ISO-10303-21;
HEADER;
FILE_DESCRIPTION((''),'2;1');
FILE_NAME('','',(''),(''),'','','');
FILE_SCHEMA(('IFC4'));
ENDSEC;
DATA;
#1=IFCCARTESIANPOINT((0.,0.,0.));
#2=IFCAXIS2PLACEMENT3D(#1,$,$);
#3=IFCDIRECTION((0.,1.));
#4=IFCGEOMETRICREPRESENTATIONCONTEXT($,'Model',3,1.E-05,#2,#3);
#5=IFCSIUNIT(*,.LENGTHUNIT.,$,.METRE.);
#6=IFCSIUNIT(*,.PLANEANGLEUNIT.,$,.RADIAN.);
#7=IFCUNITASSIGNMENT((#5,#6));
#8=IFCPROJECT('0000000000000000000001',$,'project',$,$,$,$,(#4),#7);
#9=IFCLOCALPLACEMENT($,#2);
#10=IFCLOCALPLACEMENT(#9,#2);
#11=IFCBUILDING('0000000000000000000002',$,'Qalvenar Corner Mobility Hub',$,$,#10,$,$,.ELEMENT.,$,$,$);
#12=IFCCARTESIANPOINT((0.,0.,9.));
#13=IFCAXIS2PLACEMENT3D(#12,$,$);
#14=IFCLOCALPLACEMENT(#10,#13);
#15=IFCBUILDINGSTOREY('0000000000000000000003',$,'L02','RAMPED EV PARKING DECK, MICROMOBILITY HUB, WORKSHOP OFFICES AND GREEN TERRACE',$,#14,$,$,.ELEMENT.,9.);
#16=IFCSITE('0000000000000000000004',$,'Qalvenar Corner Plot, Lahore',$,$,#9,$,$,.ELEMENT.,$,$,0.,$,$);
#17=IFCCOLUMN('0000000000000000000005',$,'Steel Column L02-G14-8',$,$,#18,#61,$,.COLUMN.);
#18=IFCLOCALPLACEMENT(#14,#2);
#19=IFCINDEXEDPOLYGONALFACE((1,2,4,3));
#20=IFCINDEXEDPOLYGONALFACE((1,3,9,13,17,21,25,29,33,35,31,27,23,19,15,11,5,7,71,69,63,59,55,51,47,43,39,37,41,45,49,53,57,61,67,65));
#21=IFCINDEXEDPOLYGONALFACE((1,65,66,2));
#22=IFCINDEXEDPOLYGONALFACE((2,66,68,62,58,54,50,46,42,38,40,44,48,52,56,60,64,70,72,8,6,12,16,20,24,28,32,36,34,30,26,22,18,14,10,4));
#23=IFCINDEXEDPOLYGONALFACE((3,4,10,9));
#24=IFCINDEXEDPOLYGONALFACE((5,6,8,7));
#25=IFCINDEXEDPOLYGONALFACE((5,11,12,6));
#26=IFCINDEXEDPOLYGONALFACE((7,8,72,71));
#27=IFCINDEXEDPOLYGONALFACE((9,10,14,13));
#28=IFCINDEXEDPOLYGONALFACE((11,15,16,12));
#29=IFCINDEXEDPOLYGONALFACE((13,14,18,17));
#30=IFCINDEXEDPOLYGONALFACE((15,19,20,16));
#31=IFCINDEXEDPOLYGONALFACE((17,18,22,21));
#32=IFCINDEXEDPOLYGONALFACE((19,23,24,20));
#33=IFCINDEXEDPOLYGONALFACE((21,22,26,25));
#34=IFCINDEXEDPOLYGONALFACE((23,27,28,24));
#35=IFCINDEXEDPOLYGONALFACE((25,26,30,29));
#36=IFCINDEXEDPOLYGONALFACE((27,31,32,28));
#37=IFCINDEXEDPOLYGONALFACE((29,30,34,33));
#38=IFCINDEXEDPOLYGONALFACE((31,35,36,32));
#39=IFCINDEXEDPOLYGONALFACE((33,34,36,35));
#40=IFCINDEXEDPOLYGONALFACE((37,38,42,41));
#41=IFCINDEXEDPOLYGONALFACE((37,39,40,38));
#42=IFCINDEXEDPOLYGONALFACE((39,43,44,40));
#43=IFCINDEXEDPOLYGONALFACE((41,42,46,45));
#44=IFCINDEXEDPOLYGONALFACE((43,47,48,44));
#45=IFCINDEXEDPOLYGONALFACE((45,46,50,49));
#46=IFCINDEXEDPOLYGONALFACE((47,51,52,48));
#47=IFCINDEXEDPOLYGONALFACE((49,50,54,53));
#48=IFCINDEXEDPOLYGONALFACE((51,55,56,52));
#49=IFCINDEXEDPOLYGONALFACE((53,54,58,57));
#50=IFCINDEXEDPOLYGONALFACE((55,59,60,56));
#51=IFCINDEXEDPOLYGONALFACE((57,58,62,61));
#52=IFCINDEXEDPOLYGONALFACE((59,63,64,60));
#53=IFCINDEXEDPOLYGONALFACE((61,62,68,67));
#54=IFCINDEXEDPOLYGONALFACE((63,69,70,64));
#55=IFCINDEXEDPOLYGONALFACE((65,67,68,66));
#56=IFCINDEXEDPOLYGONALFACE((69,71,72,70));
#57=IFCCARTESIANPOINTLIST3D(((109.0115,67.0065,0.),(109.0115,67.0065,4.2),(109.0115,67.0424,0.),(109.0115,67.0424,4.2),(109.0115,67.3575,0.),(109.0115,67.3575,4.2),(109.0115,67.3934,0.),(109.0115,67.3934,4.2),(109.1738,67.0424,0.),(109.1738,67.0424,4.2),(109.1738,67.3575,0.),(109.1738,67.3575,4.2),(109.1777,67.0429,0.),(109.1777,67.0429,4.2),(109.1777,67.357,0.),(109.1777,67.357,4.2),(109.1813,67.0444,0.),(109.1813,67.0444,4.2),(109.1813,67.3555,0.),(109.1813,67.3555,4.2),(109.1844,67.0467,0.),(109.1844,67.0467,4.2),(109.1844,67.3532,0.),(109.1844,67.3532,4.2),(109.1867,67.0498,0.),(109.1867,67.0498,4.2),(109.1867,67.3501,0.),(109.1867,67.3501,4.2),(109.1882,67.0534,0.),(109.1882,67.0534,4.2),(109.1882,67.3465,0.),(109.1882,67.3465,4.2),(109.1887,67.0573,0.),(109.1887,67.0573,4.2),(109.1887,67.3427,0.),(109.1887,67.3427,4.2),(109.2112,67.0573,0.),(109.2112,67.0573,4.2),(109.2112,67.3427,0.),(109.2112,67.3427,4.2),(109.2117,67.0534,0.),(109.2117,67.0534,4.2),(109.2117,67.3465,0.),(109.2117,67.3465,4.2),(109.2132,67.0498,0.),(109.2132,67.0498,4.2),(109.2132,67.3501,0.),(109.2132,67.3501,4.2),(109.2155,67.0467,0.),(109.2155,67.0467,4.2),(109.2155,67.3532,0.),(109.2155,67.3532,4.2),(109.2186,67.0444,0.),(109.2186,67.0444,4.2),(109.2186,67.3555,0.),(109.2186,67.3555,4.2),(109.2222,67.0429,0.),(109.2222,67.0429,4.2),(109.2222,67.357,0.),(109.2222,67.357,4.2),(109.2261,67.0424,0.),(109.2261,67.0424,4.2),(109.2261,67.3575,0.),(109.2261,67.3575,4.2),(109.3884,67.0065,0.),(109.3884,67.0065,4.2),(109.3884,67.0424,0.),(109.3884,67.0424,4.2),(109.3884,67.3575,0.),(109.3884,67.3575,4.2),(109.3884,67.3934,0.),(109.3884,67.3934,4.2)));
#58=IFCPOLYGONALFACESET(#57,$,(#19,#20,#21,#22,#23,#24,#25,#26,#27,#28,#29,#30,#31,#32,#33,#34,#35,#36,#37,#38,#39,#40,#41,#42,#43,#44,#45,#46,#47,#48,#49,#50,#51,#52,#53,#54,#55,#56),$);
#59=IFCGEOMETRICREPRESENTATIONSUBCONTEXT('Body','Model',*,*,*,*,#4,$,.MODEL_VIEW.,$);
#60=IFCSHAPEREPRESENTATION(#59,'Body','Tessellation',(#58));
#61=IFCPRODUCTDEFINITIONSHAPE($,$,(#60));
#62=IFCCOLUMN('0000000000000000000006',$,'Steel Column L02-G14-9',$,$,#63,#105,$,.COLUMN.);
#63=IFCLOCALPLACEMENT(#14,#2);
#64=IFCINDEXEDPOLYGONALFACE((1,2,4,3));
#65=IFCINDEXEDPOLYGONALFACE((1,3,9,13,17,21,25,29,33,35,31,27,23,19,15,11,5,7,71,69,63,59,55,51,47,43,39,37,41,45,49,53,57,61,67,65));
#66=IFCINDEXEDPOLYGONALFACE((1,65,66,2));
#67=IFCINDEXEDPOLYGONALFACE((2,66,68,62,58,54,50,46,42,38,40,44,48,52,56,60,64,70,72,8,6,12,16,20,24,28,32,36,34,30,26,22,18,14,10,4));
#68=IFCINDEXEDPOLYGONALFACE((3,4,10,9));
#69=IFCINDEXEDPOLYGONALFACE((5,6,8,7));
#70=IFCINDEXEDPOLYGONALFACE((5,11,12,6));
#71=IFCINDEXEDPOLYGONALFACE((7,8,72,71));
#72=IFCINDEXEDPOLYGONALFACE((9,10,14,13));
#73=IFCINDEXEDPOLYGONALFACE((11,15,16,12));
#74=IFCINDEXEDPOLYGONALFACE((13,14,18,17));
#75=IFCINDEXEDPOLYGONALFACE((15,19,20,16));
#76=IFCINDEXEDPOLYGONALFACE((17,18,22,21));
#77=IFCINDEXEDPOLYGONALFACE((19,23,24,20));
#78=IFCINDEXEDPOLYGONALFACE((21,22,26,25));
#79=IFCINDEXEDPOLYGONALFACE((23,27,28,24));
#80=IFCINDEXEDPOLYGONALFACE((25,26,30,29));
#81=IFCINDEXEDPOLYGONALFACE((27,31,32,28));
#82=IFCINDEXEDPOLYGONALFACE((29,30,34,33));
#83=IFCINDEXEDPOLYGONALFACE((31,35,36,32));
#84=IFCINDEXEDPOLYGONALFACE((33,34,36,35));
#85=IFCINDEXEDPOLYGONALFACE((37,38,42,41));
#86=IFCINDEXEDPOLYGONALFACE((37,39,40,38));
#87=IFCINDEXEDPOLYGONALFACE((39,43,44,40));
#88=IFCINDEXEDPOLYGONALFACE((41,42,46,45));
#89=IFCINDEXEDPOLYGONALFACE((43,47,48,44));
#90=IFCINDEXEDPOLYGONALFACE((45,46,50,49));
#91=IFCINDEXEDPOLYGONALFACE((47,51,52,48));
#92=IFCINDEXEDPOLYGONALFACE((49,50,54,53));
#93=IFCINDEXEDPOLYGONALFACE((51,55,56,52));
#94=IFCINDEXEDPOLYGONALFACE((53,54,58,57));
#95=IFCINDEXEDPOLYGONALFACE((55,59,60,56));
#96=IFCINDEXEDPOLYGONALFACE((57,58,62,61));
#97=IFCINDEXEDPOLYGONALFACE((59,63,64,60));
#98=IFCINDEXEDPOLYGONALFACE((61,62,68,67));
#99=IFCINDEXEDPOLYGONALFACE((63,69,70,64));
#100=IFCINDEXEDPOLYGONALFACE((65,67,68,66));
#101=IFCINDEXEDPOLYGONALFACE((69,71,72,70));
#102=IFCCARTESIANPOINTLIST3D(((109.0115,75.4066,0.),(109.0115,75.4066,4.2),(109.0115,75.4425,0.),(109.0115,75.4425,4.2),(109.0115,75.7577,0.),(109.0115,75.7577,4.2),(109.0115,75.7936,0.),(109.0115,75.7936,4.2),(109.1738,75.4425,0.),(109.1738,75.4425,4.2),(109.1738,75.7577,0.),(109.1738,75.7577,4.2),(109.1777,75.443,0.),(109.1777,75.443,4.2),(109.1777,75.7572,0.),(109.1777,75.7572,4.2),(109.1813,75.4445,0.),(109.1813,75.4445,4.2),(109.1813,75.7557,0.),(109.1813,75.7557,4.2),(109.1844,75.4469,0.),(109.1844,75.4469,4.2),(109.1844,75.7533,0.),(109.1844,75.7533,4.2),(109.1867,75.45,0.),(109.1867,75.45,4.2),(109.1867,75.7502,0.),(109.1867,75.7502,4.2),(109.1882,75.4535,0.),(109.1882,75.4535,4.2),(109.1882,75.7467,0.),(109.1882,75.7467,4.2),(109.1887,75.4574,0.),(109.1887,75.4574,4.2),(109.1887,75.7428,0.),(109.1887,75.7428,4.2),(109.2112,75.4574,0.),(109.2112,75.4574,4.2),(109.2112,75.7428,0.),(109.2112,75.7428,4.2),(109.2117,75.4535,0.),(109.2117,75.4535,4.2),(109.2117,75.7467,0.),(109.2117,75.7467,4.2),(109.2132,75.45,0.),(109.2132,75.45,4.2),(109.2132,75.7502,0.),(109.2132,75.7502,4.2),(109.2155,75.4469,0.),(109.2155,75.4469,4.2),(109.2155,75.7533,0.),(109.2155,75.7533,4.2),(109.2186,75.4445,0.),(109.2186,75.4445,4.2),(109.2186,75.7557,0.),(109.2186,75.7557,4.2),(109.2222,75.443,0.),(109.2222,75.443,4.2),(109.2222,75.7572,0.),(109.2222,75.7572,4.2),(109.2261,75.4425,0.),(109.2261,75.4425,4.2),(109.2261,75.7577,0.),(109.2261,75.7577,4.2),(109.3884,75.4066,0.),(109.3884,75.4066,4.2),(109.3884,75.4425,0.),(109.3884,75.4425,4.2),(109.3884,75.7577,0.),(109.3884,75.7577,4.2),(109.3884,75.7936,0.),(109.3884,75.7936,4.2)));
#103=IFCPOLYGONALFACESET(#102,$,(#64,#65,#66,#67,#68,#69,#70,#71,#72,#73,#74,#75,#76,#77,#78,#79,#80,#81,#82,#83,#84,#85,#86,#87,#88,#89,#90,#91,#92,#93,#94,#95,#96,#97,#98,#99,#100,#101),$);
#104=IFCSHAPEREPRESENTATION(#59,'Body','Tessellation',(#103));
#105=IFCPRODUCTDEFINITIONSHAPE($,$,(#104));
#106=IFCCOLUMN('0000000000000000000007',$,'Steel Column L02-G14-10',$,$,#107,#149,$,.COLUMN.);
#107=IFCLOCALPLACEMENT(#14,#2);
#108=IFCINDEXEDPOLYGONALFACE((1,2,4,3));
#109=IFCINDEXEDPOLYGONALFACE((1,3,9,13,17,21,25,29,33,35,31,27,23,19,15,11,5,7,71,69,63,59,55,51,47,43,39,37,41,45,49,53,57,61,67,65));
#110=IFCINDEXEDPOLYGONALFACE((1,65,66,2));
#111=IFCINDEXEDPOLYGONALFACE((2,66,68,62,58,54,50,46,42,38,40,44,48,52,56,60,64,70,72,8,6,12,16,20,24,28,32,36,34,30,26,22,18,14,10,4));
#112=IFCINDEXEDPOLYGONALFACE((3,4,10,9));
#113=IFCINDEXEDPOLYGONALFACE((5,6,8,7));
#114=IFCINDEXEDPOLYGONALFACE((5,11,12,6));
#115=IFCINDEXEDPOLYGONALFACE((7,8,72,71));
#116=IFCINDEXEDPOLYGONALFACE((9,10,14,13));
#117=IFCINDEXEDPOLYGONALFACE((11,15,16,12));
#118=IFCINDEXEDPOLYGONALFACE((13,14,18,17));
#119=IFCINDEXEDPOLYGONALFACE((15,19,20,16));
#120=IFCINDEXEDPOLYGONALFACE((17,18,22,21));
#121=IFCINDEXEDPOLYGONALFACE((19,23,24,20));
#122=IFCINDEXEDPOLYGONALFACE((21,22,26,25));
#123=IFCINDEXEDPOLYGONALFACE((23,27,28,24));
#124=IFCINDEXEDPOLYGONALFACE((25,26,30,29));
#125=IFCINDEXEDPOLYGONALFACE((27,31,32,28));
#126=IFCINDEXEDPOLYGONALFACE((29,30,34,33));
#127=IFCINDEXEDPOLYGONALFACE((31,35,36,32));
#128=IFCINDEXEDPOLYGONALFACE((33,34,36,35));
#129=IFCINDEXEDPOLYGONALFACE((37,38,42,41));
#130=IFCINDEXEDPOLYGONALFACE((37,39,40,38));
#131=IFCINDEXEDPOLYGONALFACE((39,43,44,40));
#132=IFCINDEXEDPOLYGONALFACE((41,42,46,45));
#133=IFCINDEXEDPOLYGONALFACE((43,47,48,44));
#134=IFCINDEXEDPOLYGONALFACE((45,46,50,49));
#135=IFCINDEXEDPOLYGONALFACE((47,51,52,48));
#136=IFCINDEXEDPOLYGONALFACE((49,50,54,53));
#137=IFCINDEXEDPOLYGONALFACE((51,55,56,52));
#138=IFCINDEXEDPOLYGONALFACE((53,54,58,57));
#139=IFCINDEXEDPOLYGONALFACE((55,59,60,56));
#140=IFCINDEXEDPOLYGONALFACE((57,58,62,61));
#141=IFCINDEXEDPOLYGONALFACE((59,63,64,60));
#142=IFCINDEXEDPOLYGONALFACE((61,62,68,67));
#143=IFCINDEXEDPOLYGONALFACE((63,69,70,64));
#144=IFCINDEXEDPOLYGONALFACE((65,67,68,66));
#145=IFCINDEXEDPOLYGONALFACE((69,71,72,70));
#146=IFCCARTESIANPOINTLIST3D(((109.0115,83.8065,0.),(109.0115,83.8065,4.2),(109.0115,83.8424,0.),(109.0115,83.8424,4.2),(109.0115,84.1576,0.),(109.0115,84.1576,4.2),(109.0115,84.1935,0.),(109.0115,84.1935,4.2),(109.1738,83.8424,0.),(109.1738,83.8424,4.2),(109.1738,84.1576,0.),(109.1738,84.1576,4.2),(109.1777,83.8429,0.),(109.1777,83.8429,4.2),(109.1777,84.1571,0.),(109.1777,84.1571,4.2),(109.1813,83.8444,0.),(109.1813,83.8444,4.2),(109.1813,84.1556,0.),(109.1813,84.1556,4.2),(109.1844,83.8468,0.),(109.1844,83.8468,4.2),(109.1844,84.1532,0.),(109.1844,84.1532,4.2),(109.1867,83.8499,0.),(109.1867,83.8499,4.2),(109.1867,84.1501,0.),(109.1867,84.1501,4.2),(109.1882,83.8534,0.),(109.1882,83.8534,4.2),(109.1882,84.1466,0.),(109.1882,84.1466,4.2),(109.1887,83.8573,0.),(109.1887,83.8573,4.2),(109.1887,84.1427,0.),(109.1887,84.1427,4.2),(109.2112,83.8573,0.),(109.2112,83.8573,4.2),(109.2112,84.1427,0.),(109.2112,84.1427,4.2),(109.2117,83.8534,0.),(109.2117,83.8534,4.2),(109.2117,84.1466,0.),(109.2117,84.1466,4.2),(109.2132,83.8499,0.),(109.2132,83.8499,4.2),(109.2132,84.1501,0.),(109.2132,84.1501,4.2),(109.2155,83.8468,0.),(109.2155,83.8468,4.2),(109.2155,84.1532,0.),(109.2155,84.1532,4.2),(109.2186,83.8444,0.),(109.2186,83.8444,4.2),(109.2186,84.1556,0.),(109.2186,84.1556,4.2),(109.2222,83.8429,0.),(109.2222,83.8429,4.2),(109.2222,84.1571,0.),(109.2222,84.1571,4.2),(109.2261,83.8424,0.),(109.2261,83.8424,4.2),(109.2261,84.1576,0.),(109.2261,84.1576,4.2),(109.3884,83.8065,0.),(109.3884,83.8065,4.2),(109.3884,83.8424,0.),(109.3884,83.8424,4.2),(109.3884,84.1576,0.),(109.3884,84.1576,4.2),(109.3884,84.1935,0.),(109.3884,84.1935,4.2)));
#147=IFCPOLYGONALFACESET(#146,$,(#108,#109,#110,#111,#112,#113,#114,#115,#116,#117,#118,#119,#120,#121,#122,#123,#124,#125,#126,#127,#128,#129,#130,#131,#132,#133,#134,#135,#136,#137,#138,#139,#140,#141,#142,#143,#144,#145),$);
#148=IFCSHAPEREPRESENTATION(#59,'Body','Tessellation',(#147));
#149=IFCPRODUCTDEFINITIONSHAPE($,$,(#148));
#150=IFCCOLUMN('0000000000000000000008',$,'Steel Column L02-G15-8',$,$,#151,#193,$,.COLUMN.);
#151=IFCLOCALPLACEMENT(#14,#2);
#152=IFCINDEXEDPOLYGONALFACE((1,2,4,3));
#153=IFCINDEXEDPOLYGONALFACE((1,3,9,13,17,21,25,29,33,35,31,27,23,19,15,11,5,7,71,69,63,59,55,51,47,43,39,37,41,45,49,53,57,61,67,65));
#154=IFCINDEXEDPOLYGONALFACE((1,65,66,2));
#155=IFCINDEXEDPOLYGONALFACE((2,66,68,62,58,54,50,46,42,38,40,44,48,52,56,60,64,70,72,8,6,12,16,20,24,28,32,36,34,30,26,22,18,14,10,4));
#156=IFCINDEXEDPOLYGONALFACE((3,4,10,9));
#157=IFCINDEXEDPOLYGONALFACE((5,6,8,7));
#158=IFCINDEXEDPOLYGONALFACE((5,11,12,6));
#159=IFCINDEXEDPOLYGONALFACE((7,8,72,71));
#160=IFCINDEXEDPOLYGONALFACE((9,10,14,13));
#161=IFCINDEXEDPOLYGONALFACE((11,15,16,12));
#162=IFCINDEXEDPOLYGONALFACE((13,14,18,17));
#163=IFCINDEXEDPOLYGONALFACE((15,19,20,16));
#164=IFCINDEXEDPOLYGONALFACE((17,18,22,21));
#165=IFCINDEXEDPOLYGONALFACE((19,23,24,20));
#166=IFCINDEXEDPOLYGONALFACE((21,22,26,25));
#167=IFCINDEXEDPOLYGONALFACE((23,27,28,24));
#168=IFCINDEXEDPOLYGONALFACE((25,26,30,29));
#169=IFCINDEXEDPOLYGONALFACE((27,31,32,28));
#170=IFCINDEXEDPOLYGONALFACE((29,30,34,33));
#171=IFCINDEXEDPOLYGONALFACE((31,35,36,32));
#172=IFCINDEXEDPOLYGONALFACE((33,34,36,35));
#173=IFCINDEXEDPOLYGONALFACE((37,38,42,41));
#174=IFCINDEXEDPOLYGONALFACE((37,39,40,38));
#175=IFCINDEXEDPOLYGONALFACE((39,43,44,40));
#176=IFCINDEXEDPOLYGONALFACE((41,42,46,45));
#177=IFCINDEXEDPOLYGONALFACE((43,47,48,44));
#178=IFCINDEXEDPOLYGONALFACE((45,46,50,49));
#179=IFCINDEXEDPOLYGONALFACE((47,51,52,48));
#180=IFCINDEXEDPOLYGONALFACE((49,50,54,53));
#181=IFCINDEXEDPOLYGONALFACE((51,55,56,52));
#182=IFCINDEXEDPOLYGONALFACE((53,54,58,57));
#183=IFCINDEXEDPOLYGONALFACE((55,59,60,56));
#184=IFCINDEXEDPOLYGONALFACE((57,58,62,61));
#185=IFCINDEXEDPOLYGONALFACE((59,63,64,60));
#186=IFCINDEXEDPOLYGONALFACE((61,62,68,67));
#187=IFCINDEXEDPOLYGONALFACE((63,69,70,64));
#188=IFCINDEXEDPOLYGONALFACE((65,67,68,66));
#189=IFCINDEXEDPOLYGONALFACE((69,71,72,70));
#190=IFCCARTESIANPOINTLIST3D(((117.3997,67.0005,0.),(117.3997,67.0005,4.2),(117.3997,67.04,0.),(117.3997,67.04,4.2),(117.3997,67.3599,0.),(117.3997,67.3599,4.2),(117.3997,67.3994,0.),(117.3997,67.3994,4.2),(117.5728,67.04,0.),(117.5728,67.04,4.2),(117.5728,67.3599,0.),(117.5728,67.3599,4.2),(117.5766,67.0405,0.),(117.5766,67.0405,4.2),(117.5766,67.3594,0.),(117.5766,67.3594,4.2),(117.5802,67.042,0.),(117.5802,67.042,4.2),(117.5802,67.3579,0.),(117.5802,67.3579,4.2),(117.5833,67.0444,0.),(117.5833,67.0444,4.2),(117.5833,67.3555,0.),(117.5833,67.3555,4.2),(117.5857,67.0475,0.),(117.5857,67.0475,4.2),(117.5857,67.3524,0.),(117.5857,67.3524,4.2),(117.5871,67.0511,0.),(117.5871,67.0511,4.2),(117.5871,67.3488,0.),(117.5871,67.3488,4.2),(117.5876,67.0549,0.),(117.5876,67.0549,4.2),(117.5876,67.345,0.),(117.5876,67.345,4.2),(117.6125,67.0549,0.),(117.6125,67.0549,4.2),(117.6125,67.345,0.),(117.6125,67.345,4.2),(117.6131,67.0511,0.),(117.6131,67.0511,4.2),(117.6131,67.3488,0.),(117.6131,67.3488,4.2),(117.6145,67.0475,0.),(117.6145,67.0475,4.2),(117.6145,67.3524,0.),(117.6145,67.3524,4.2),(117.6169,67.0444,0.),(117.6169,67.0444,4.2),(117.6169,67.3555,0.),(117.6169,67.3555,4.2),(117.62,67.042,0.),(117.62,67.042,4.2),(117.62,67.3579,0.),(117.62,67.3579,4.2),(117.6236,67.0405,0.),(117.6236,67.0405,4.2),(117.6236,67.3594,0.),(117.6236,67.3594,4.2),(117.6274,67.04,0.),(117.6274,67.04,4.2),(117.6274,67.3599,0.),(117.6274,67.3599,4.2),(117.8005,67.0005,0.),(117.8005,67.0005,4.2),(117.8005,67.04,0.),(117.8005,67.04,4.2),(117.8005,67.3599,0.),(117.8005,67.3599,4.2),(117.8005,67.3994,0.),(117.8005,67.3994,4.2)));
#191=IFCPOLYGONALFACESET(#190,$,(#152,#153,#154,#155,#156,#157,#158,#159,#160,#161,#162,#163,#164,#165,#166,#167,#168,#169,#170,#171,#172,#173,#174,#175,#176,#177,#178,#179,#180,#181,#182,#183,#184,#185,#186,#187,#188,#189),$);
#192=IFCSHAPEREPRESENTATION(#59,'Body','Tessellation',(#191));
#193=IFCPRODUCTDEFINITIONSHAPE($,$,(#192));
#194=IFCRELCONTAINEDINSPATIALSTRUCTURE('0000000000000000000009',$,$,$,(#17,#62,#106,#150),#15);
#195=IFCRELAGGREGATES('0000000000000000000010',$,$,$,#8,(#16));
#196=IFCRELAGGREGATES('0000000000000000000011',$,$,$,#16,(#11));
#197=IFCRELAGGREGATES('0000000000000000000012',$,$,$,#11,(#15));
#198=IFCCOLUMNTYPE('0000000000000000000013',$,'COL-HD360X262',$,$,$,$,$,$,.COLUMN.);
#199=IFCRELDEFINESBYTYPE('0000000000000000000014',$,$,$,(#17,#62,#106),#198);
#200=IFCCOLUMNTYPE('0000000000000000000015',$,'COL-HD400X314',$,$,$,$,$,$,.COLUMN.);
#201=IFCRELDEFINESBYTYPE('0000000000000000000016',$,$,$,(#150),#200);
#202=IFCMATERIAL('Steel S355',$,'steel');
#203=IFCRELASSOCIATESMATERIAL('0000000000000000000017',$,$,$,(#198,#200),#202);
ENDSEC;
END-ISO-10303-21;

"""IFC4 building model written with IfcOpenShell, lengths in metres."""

from ifc_helpers import new_model, si_unit, direction, frame, origin, origin_2d, place, context, subcontext, project, spatial, i_section, extrude, material, material_profile, profile_set, type_object, element, save


model = new_model("IFC4")

# Units and contexts
model_context = context("Model", 3, precision=1e-05, world=origin(), true_north=direction((0.0, 1.0)))
body_context = subcontext(model_context, "Body", "Model", "MODEL_VIEW")
ifc_project = project(units=[si_unit("LENGTHUNIT", "METRE"), si_unit("PLANEANGLEUNIT", "RADIAN")], contexts=[model_context])

# Site, building, storey
site_placement = place(None, origin())
site = spatial("IfcSite", under=ifc_project, at=site_placement, Name="Qalvenar Corner Plot, Lahore", CompositionType="ELEMENT", RefElevation=0.0)
building_placement = place(site_placement, origin())
building = spatial("IfcBuilding", under=site, at=building_placement, Name="Qalvenar Corner Mobility Hub", CompositionType="ELEMENT")
storey_placement = place(building_placement, frame((0.0, 0.0, 9.0)))
storey = spatial("IfcBuildingStorey", under=building, at=storey_placement, Name="L02", Description="RAMPED EV PARKING DECK, MICROMOBILITY HUB, WORKSHOP OFFICES AND GREEN TERRACE", CompositionType="ELEMENT", Elevation=9.0)

# Columns
ifc_material = material(Name="Steel S355", Category="steel")
ifc_material_profile_1 = material_profile(ifc_material, i_section(OverallWidth=0.377, OverallDepth=0.387, WebThickness=0.0225, FlangeThickness=0.0359, FilletRadius=0.0149, at=origin_2d()), Name="HD360x262")
ifc_profile_set_1 = profile_set([ifc_material_profile_1], Name="Steel S355")
column_type_1 = type_object("IfcColumnType", Name="COL-HD360X262", PredefinedType="COLUMN", material=ifc_profile_set_1)
for number, where, z_axis, x_axis, name in (
    (1, (109.2, 67.2, 0.0), (0.0, 0.0, 1.0), (1.0, 0.0, 0.0), "Steel Column L02-G14-8"),
    (2, (109.2, 75.6001, 0.0), (0.0, 0.0, 1.0), (1.0, 0.0, 0.0), "Steel Column L02-G14-9"),
    (3, (109.2, 84.0, 0.0), (0.0, 0.0, 1.0), (1.0, 0.0, 0.0), "Steel Column L02-G14-10"),
):
    element("IfcColumn", number, at=place(storey_placement, frame(where, z_axis=z_axis, x_axis=x_axis)), inside=storey, type_object=column_type_1, Name=name, PredefinedType="COLUMN", context=body_context, shape_type="SweptSolid", body=[
        extrude(i_section(OverallWidth=0.377, OverallDepth=0.387, WebThickness=0.0225, FlangeThickness=0.0359, FilletRadius=0.0149, at=origin_2d()), origin(), (0.0, 0.0, 1.0), 4.2),
    ])
ifc_material_profile_2 = material_profile(ifc_material, i_section(OverallWidth=0.4009, OverallDepth=0.3989, WebThickness=0.0249, FlangeThickness=0.0396, FilletRadius=0.0149, at=origin_2d()), Name="HD400x314")
ifc_profile_set_2 = profile_set([ifc_material_profile_2], Name="Steel S355")
column_type_2 = type_object("IfcColumnType", Name="COL-HD400X314", PredefinedType="COLUMN", material=ifc_profile_set_2)
for number, where, z_axis, x_axis, name in (
    (4, (117.6001, 67.2, 0.0), (0.0, 0.0, 1.0), (1.0, 0.0, 0.0), "Steel Column L02-G15-8"),
):
    element("IfcColumn", number, at=place(storey_placement, frame(where, z_axis=z_axis, x_axis=x_axis)), inside=storey, type_object=column_type_2, Name=name, PredefinedType="COLUMN", context=body_context, shape_type="SweptSolid", body=[
        extrude(i_section(OverallWidth=0.4009, OverallDepth=0.3989, WebThickness=0.0249, FlangeThickness=0.0396, FilletRadius=0.0149, at=origin_2d()), origin(), (0.0, 0.0, 1.0), 4.2),
    ])

save(model, "model.ifc")
